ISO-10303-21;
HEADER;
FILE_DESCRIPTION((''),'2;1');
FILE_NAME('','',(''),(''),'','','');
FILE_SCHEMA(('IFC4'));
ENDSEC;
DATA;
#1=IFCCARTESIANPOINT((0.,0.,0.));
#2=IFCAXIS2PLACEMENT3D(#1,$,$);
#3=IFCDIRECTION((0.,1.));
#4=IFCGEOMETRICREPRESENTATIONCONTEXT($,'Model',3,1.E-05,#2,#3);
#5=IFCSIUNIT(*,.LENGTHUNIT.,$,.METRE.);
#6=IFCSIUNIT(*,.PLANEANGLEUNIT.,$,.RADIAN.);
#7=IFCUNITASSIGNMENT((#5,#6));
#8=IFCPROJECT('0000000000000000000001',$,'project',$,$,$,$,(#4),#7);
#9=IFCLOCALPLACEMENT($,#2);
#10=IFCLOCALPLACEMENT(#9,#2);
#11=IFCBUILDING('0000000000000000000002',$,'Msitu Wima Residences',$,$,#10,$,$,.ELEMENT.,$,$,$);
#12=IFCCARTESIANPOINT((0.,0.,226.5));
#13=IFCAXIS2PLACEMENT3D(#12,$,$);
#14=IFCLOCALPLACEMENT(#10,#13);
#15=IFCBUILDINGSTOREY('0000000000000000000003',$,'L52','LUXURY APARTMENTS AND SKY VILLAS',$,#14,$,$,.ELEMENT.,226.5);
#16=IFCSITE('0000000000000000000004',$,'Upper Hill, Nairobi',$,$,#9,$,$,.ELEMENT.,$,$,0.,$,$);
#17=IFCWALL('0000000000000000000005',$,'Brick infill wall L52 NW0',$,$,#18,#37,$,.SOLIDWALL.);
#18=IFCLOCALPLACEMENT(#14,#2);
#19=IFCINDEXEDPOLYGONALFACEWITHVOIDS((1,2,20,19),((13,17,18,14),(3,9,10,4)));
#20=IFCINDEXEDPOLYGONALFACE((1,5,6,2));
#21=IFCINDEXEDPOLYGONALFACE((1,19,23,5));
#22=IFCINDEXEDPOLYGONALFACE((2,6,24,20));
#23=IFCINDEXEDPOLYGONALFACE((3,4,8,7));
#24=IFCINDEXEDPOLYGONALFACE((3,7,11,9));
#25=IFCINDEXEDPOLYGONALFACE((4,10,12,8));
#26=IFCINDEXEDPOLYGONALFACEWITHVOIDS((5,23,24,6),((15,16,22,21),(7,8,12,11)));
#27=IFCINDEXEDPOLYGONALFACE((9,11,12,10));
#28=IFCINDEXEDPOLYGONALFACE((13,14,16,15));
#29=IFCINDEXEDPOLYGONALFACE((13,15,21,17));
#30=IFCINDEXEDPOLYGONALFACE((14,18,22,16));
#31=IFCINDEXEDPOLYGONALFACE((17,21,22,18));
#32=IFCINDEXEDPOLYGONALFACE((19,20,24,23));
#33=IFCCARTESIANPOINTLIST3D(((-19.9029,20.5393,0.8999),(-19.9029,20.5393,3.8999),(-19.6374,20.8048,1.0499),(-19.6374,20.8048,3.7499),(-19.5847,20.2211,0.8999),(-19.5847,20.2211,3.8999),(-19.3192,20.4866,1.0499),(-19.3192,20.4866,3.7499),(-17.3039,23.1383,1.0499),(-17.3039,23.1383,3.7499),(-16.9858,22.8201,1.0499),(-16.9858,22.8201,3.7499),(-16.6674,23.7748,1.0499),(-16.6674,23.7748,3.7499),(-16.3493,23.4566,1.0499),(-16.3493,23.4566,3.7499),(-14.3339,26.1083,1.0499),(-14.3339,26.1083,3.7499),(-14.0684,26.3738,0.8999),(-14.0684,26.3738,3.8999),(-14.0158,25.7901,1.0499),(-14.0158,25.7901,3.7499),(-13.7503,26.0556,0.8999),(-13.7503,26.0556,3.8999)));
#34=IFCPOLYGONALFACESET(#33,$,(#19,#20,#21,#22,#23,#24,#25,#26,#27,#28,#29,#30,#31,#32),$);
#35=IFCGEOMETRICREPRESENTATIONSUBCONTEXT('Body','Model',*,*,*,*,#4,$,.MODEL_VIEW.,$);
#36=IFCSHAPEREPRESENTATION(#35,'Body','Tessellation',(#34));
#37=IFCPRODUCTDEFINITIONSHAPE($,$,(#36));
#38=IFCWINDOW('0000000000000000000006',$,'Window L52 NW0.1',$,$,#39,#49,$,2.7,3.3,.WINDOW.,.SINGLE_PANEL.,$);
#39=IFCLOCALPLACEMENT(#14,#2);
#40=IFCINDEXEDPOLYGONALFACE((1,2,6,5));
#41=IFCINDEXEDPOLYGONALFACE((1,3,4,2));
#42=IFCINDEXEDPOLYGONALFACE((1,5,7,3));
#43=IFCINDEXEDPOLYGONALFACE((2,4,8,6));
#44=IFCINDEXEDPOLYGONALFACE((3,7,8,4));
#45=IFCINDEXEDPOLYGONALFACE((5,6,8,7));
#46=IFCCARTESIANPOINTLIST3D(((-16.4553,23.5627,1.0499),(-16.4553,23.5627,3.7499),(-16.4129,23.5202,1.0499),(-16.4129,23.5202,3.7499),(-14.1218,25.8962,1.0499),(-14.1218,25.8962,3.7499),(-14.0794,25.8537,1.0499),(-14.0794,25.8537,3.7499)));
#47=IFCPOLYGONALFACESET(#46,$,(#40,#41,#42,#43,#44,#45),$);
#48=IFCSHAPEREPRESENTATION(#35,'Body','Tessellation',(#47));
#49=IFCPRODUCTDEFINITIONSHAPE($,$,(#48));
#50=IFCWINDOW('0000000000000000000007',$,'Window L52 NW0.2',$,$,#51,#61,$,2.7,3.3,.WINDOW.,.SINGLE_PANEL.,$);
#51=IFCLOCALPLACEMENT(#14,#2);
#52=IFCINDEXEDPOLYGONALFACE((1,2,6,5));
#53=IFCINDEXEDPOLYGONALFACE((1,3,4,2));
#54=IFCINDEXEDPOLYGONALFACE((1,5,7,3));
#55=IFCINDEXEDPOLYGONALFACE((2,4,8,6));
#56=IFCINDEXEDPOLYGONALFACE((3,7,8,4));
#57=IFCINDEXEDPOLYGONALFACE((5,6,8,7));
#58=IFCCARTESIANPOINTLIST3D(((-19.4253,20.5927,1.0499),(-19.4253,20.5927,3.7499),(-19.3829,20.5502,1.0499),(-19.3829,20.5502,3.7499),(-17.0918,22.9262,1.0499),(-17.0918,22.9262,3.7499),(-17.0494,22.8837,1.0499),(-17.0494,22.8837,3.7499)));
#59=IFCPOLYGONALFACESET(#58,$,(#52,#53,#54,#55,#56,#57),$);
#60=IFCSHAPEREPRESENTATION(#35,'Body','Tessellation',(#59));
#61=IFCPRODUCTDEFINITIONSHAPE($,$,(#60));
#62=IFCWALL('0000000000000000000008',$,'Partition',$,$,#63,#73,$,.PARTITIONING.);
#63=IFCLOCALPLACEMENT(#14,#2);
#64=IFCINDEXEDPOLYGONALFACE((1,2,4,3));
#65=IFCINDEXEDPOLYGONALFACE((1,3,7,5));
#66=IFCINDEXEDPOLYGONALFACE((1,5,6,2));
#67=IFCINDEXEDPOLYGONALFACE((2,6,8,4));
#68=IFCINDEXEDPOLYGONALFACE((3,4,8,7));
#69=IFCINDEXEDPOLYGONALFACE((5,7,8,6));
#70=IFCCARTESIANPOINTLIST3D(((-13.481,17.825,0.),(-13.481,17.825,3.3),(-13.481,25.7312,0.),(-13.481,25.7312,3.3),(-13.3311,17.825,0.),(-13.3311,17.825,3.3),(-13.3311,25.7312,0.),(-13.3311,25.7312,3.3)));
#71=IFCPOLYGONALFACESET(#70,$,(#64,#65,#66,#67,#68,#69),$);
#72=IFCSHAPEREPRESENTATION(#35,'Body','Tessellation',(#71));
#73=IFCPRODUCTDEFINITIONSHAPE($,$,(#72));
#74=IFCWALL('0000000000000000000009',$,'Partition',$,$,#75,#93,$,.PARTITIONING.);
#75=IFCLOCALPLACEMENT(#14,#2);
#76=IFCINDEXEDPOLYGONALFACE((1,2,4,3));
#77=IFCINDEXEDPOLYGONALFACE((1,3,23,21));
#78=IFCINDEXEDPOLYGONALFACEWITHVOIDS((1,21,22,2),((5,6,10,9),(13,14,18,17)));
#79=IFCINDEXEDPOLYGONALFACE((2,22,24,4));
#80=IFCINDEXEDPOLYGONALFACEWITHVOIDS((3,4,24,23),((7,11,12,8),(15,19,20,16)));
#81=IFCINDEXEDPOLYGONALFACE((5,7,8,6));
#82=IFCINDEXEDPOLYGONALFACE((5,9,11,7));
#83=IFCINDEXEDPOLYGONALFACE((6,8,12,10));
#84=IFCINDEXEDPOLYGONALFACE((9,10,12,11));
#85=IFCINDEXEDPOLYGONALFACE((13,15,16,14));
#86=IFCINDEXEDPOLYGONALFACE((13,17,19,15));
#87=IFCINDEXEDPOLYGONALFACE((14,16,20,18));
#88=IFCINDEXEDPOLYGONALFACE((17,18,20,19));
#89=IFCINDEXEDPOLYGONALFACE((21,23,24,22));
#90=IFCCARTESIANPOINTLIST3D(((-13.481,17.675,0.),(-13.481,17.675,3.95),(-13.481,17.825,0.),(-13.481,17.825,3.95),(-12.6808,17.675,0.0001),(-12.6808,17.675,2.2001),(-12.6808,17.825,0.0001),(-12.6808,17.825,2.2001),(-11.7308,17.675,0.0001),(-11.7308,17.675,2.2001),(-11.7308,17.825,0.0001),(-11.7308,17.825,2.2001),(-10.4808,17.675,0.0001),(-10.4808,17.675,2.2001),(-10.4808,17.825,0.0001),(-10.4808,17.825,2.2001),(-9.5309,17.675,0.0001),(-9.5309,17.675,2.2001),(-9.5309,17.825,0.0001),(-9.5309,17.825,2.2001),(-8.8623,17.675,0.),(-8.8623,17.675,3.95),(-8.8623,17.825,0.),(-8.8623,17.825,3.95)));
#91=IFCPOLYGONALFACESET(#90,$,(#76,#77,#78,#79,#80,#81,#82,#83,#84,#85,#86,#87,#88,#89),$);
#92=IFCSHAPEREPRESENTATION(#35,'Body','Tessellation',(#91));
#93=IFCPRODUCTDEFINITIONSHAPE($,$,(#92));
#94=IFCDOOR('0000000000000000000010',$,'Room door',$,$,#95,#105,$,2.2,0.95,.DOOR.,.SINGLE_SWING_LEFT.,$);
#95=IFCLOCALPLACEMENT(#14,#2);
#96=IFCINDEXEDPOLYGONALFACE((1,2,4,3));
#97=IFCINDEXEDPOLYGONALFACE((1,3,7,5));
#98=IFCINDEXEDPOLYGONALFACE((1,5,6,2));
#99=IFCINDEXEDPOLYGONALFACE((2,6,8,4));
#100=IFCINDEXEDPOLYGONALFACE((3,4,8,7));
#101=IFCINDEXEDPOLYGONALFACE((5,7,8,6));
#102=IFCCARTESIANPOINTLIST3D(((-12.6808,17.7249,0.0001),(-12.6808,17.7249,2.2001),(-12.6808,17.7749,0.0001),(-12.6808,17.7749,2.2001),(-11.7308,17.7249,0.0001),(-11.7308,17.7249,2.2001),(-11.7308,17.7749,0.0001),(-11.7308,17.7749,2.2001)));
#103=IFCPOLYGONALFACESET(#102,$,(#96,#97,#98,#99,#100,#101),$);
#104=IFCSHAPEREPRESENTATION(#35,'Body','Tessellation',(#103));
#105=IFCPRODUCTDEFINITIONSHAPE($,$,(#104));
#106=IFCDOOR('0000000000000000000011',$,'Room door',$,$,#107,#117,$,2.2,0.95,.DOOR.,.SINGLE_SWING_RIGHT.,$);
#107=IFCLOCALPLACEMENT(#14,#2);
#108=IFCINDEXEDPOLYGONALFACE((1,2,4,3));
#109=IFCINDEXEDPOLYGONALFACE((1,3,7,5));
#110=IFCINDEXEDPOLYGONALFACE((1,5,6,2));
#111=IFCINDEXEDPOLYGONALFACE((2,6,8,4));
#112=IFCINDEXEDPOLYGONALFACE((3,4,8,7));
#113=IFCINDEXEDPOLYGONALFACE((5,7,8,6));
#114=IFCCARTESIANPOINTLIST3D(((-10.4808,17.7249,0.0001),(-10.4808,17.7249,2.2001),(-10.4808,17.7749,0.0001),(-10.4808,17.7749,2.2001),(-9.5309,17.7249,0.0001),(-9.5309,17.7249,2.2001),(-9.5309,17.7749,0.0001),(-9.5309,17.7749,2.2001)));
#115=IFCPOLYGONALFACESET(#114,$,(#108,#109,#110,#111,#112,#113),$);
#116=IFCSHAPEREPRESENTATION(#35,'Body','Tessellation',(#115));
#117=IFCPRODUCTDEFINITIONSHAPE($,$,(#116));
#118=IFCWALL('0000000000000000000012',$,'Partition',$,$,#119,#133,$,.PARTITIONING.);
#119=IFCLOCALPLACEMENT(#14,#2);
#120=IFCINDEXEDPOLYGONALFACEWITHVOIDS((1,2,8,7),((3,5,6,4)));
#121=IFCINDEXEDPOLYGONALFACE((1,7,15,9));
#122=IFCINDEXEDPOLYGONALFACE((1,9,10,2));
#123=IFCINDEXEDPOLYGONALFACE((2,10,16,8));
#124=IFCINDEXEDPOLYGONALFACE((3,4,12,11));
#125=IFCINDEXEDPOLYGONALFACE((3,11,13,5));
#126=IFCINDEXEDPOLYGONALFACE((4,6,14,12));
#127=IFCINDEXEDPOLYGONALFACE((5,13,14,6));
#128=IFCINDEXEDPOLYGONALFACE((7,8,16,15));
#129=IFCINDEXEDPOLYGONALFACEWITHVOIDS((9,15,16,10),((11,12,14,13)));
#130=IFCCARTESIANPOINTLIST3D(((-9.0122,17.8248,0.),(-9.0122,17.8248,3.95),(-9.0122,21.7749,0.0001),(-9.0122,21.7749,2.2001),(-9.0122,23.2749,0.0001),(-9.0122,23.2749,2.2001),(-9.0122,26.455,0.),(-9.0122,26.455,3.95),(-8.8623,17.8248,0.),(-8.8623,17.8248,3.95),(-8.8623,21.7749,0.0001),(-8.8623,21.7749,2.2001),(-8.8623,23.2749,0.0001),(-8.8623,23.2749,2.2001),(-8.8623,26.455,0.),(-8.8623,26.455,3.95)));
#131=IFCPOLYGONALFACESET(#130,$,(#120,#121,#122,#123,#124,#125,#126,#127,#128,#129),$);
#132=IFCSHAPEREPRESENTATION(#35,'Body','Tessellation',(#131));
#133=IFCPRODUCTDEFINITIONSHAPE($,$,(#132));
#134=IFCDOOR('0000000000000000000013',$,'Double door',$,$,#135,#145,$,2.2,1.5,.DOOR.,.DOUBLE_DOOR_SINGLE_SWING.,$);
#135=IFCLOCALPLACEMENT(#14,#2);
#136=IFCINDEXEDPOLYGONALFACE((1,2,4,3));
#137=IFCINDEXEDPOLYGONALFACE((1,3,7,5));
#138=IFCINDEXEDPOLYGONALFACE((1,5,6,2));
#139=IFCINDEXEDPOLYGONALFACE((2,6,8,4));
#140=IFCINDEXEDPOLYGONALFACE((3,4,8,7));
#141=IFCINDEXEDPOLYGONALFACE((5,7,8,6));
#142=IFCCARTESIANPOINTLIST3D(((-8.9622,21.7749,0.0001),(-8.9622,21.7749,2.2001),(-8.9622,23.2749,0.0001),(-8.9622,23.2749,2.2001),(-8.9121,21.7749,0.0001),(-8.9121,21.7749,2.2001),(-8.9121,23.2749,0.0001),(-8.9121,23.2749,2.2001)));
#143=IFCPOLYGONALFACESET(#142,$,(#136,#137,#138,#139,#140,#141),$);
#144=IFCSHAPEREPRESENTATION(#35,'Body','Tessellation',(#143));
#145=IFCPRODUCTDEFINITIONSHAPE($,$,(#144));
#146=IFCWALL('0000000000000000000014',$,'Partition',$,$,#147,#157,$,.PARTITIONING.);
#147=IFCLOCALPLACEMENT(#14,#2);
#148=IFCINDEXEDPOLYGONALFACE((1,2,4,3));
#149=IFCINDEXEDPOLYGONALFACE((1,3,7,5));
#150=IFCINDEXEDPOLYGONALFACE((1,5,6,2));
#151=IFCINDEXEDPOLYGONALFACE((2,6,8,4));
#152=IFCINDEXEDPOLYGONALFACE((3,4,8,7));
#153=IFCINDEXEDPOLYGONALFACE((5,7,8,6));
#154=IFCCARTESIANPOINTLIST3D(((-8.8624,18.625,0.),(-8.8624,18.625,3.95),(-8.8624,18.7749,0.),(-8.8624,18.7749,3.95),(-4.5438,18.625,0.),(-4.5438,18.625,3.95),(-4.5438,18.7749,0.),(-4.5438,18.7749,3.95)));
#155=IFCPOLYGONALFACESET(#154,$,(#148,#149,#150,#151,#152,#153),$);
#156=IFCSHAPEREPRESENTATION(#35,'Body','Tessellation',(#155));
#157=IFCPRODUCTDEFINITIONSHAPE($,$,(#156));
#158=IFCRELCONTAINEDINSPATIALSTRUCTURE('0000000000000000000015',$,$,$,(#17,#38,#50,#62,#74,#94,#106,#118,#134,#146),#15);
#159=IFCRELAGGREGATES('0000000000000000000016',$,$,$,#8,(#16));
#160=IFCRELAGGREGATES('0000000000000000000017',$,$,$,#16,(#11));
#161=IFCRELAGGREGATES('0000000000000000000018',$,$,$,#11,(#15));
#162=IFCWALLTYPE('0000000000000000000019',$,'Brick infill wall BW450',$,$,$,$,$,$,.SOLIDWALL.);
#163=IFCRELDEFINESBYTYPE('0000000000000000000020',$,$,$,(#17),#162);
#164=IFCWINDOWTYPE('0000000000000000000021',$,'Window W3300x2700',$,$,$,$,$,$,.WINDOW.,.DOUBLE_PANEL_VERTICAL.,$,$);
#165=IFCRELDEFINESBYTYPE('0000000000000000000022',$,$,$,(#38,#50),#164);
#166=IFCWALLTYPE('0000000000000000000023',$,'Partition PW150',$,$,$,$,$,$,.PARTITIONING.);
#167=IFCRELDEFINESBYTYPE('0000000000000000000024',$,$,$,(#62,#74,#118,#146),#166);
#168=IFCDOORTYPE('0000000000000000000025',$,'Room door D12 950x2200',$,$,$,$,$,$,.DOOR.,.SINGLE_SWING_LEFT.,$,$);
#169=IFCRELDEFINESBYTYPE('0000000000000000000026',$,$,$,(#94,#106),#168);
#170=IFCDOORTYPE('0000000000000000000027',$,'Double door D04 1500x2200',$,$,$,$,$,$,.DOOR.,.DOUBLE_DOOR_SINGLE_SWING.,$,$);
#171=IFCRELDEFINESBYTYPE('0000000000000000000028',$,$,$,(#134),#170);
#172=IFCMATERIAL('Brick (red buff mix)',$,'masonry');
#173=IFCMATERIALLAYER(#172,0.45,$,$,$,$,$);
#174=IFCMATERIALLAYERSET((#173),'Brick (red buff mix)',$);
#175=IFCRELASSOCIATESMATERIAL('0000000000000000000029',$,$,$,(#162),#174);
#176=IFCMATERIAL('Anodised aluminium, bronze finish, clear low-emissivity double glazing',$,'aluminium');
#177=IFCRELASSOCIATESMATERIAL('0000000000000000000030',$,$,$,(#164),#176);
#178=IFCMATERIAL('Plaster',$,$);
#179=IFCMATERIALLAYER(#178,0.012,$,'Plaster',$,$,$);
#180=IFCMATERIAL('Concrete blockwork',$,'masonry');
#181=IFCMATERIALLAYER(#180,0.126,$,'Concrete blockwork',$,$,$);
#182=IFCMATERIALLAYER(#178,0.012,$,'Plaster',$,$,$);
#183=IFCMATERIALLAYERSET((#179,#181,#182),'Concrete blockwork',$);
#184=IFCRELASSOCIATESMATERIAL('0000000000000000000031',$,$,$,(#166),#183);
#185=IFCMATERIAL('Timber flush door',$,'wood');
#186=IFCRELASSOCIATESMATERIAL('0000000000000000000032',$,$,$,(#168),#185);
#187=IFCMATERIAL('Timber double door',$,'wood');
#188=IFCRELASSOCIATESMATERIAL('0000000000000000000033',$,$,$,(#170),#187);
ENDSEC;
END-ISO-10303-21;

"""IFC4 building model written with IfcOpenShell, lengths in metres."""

from ifc_helpers import new_model, si_unit, direction, frame, frame_2d, origin, place, context, subcontext, project, spatial, rectangle, extrude, material, layer, layer_set, type_object, element, fill, save


model = new_model("IFC4")

# Units and contexts
model_context = context("Model", 3, precision=1e-05, world=origin(), true_north=direction((0.0, 1.0)))
body_context = subcontext(model_context, "Body", "Model", "MODEL_VIEW")
ifc_project = project(units=[si_unit("LENGTHUNIT", "METRE"), si_unit("PLANEANGLEUNIT", "RADIAN")], contexts=[model_context])

# Site, building, storey
site_placement = place(None, origin())
site = spatial("IfcSite", under=ifc_project, at=site_placement, Name="Upper Hill, Nairobi", CompositionType="ELEMENT", RefElevation=0.0)
building_placement = place(site_placement, origin())
building = spatial("IfcBuilding", under=site, at=building_placement, Name="Msitu Wima Residences", CompositionType="ELEMENT")
storey_placement = place(building_placement, frame((0.0, 0.0, 226.5)))
storey = spatial("IfcBuildingStorey", under=building, at=storey_placement, Name="L52", Description="LUXURY APARTMENTS AND SKY VILLAS", CompositionType="ELEMENT", Elevation=226.5)

# Wall, openings, windows
ifc_material_1 = material(Name="Brick (red buff mix)", Category="masonry")
ifc_layer_1 = layer(ifc_material_1, 0.45)
ifc_layer_set_1 = layer_set([ifc_layer_1], Name="Brick (red buff mix)")
wall_type_1 = type_object("IfcWallType", Name="Brick infill wall BW450", PredefinedType="SOLIDWALL", material=ifc_layer_set_1)
ifc_material_2 = material(Name="Anodised aluminium, bronze finish, clear low-emissivity double glazing", Category="aluminium")
window_type = type_object("IfcWindowType", Name="Window W3300x2700", PartitioningType="DOUBLE_PANEL_VERTICAL", PredefinedType="WINDOW", material=ifc_material_2)
wall_1_placement = place(storey_placement, frame((-13.9094, 26.2146, 0.8999), z_axis=(0.0, 0.0, 1.0), x_axis=(-0.707107, -0.707107, 0.0)))
wall_1 = element("IfcWall", 1, at=wall_1_placement, inside=storey, type_object=wall_type_1, Name="Brick infill wall L52 NW0", PredefinedType="SOLIDWALL", context=body_context, shape_type="SweptSolid", body=[
    extrude(rectangle(XDim=8.2512, YDim=0.45, at=frame_2d((4.1255, 0.0))), origin(), (0.0, 0.0, 1.0), 3.0),
])
opening_1_placement = place(wall_1_placement, frame((0.3755, 0.0, 0.1499)))
opening_1 = element("IfcOpeningElement", 2, at=opening_1_placement, cuts=wall_1, PredefinedType="OPENING", context=body_context, shape_type="SweptSolid", body=[
    extrude(rectangle(XDim=3.3, YDim=2.7, at=frame_2d((1.6499, 1.3501))), frame((0.0, 0.2349, 0.0), z_axis=(0.0, -1.0, 0.0), x_axis=(1.0, 0.0, 0.0)), (0.0, 0.0, 1.0), 0.47),
])
opening_2_placement = place(wall_1_placement, frame((4.5757, 0.0, 0.1499)))
opening_2 = element("IfcOpeningElement", 3, at=opening_2_placement, cuts=wall_1, PredefinedType="OPENING", context=body_context, shape_type="SweptSolid", body=[
    extrude(rectangle(XDim=3.3, YDim=2.7, at=frame_2d((1.6499, 1.3501))), frame((0.0, 0.2349, 0.0), z_axis=(0.0, -1.0, 0.0), x_axis=(1.0, 0.0, 0.0)), (0.0, 0.0, 1.0), 0.47),
])
window_1_placement = place(opening_1_placement, origin())
window_1 = element("IfcWindow", 4, at=window_1_placement, inside=storey, type_object=window_type, Name="Window L52 NW0.1", OverallHeight=2.7, OverallWidth=3.3, PartitioningType="SINGLE_PANEL", PredefinedType="WINDOW", context=body_context, shape_type="SweptSolid", body=[
    extrude(rectangle(XDim=3.3, YDim=2.7, at=frame_2d((1.6499, 1.3501))), frame((0.0, 0.135, 0.0), z_axis=(0.0, -1.0, 0.0), x_axis=(1.0, 0.0, 0.0)), (0.0, 0.0, 1.0), 0.0601),
])
fill(opening_1, window_1)
window_2_placement = place(opening_2_placement, origin())
window_2 = element("IfcWindow", 5, at=window_2_placement, inside=storey, type_object=window_type, Name="Window L52 NW0.2", OverallHeight=2.7, OverallWidth=3.3, PartitioningType="SINGLE_PANEL", PredefinedType="WINDOW", context=body_context, shape_type="SweptSolid", body=[
    extrude(rectangle(XDim=3.3, YDim=2.7, at=frame_2d((1.6499, 1.3501))), frame((0.0, 0.135, 0.0), z_axis=(0.0, -1.0, 0.0), x_axis=(1.0, 0.0, 0.0)), (0.0, 0.0, 1.0), 0.0601),
])
fill(opening_2, window_2)

# Shared definitions
ifc_material_3 = material(Name="Plaster")
ifc_material_4 = material(Name="Concrete blockwork", Category="masonry")

# Wall
ifc_layer_2 = layer(ifc_material_3, 0.012, Name="Plaster")
ifc_layer_3 = layer(ifc_material_4, 0.126, Name="Concrete blockwork")
ifc_layer_4 = layer(ifc_material_3, 0.012, Name="Plaster")
ifc_layer_set_2 = layer_set([ifc_layer_2, ifc_layer_3, ifc_layer_4], Name="Concrete blockwork")
wall_type_2 = type_object("IfcWallType", Name="Partition PW150", PredefinedType="PARTITIONING", material=ifc_layer_set_2)
wall_2_placement = place(storey_placement, frame((-13.406, 17.825, 0.0), z_axis=(0.0, 0.0, 1.0), x_axis=(0.0, 1.0, 0.0)))
element("IfcWall", 6, at=wall_2_placement, inside=storey, type_object=wall_type_2, Name="Partition", PredefinedType="PARTITIONING", context=body_context, shape_type="SweptSolid", body=[
    extrude(rectangle(XDim=7.9062, YDim=0.1499, at=frame_2d((3.9531, 0.0))), origin(), (0.0, 0.0, 1.0), 3.3),
])

# Wall, openings, doors
wall_3_placement = place(storey_placement, frame((-13.481, 17.75, 0.0), z_axis=(0.0, 0.0, 1.0), x_axis=(1.0, 0.0, 0.0)))
wall_3 = element("IfcWall", 7, at=wall_3_placement, inside=storey, type_object=wall_type_2, Name="Partition", PredefinedType="PARTITIONING", context=body_context, shape_type="SweptSolid", body=[
    extrude(rectangle(XDim=4.6187, YDim=0.1499, at=frame_2d((2.3093, 0.0))), origin(), (0.0, 0.0, 1.0), 3.95),
])
opening_3_placement = place(wall_3_placement, frame((0.8, 0.0, 0.0)))
opening_3 = element("IfcOpeningElement", 8, at=opening_3_placement, cuts=wall_3, PredefinedType="OPENING", context=body_context, shape_type="SweptSolid", body=[
    extrude(rectangle(XDim=0.95, YDim=2.2, at=frame_2d((0.4751, 1.1001))), frame((0.0, 0.085, 0.0), z_axis=(0.0, -1.0, 0.0), x_axis=(1.0, 0.0, 0.0)), (0.0, 0.0, 1.0), 0.1699),
])
opening_4_placement = place(wall_3_placement, frame((3.0, 0.0, 0.0)))
opening_4 = element("IfcOpeningElement", 9, at=opening_4_placement, cuts=wall_3, PredefinedType="OPENING", context=body_context, shape_type="SweptSolid", body=[
    extrude(rectangle(XDim=0.95, YDim=2.2, at=frame_2d((0.4751, 1.1001))), frame((0.0, 0.085, 0.0), z_axis=(0.0, -1.0, 0.0), x_axis=(1.0, 0.0, 0.0)), (0.0, 0.0, 1.0), 0.1699),
])
ifc_material_5 = material(Name="Timber flush door", Category="wood")
door_type_1 = type_object("IfcDoorType", Name="Room door D12 950x2200", OperationType="SINGLE_SWING_LEFT", PredefinedType="DOOR", material=ifc_material_5)
door_1_placement = place(opening_3_placement, origin())
door_1 = element("IfcDoor", 10, at=door_1_placement, inside=storey, type_object=door_type_1, Name="Room door", OperationType="SINGLE_SWING_LEFT", OverallHeight=2.2, OverallWidth=0.95, PredefinedType="DOOR", context=body_context, shape_type="SweptSolid", body=[
    extrude(rectangle(XDim=0.95, YDim=2.2, at=frame_2d((0.4751, 1.1001))), frame((0.0, 0.0249, 0.0), z_axis=(0.0, -1.0, 0.0), x_axis=(1.0, 0.0, 0.0)), (0.0, 0.0, 1.0), 0.05),
])
fill(opening_3, door_1)
door_2_placement = place(opening_4_placement, origin())
door_2 = element("IfcDoor", 11, at=door_2_placement, inside=storey, type_object=door_type_1, Name="Room door", OperationType="SINGLE_SWING_RIGHT", OverallHeight=2.2, OverallWidth=0.95, PredefinedType="DOOR", context=body_context, shape_type="SweptSolid", body=[
    extrude(rectangle(XDim=0.95, YDim=2.2, at=frame_2d((0.4751, 1.1001))), frame((0.0, 0.0249, 0.0), z_axis=(0.0, -1.0, 0.0), x_axis=(1.0, 0.0, 0.0)), (0.0, 0.0, 1.0), 0.05),
])
fill(opening_4, door_2)

# Wall, opening, door
wall_4_placement = place(storey_placement, frame((-8.9373, 17.825, 0.0), z_axis=(0.0, 0.0, 1.0), x_axis=(0.0, 1.0, 0.0)))
wall_4 = element("IfcWall", 12, at=wall_4_placement, inside=storey, type_object=wall_type_2, Name="Partition", PredefinedType="PARTITIONING", context=body_context, shape_type="SweptSolid", body=[
    extrude(rectangle(XDim=8.6301, YDim=0.1499, at=frame_2d((4.3149, 0.0))), origin(), (0.0, 0.0, 1.0), 3.95),
])
opening_5_placement = place(wall_4_placement, frame((3.95, 0.0, 0.0)))
opening_5 = element("IfcOpeningElement", 13, at=opening_5_placement, cuts=wall_4, PredefinedType="OPENING", context=body_context, shape_type="SweptSolid", body=[
    extrude(rectangle(XDim=1.5, YDim=2.2, at=frame_2d((0.75, 1.1001))), frame((0.0, 0.085, 0.0), z_axis=(0.0, -1.0, 0.0), x_axis=(1.0, 0.0, 0.0)), (0.0, 0.0, 1.0), 0.1699),
])
ifc_material_6 = material(Name="Timber double door", Category="wood")
door_type_2 = type_object("IfcDoorType", Name="Double door D04 1500x2200", OperationType="DOUBLE_DOOR_SINGLE_SWING", PredefinedType="DOOR", material=ifc_material_6)
door_3_placement = place(opening_5_placement, origin())
door_3 = element("IfcDoor", 14, at=door_3_placement, inside=storey, type_object=door_type_2, Name="Double door", OperationType="DOUBLE_DOOR_SINGLE_SWING", OverallHeight=2.2, OverallWidth=1.5, PredefinedType="DOOR", context=body_context, shape_type="SweptSolid", body=[
    extrude(rectangle(XDim=1.5, YDim=2.2, at=frame_2d((0.75, 1.1001))), frame((0.0, 0.0249, 0.0), z_axis=(0.0, -1.0, 0.0), x_axis=(1.0, 0.0, 0.0)), (0.0, 0.0, 1.0), 0.05),
])
fill(opening_5, door_3)

# Wall
wall_5_placement = place(storey_placement, frame((-8.8623, 18.7, 0.0), z_axis=(0.0, 0.0, 1.0), x_axis=(1.0, 0.0, 0.0)))
element("IfcWall", 15, at=wall_5_placement, inside=storey, type_object=wall_type_2, Name="Partition", PredefinedType="PARTITIONING", context=body_context, shape_type="SweptSolid", body=[
    extrude(rectangle(XDim=4.3186, YDim=0.1499, at=frame_2d((2.1592, 0.0))), origin(), (0.0, 0.0, 1.0), 3.95),
])

save(model, "model.ifc")
